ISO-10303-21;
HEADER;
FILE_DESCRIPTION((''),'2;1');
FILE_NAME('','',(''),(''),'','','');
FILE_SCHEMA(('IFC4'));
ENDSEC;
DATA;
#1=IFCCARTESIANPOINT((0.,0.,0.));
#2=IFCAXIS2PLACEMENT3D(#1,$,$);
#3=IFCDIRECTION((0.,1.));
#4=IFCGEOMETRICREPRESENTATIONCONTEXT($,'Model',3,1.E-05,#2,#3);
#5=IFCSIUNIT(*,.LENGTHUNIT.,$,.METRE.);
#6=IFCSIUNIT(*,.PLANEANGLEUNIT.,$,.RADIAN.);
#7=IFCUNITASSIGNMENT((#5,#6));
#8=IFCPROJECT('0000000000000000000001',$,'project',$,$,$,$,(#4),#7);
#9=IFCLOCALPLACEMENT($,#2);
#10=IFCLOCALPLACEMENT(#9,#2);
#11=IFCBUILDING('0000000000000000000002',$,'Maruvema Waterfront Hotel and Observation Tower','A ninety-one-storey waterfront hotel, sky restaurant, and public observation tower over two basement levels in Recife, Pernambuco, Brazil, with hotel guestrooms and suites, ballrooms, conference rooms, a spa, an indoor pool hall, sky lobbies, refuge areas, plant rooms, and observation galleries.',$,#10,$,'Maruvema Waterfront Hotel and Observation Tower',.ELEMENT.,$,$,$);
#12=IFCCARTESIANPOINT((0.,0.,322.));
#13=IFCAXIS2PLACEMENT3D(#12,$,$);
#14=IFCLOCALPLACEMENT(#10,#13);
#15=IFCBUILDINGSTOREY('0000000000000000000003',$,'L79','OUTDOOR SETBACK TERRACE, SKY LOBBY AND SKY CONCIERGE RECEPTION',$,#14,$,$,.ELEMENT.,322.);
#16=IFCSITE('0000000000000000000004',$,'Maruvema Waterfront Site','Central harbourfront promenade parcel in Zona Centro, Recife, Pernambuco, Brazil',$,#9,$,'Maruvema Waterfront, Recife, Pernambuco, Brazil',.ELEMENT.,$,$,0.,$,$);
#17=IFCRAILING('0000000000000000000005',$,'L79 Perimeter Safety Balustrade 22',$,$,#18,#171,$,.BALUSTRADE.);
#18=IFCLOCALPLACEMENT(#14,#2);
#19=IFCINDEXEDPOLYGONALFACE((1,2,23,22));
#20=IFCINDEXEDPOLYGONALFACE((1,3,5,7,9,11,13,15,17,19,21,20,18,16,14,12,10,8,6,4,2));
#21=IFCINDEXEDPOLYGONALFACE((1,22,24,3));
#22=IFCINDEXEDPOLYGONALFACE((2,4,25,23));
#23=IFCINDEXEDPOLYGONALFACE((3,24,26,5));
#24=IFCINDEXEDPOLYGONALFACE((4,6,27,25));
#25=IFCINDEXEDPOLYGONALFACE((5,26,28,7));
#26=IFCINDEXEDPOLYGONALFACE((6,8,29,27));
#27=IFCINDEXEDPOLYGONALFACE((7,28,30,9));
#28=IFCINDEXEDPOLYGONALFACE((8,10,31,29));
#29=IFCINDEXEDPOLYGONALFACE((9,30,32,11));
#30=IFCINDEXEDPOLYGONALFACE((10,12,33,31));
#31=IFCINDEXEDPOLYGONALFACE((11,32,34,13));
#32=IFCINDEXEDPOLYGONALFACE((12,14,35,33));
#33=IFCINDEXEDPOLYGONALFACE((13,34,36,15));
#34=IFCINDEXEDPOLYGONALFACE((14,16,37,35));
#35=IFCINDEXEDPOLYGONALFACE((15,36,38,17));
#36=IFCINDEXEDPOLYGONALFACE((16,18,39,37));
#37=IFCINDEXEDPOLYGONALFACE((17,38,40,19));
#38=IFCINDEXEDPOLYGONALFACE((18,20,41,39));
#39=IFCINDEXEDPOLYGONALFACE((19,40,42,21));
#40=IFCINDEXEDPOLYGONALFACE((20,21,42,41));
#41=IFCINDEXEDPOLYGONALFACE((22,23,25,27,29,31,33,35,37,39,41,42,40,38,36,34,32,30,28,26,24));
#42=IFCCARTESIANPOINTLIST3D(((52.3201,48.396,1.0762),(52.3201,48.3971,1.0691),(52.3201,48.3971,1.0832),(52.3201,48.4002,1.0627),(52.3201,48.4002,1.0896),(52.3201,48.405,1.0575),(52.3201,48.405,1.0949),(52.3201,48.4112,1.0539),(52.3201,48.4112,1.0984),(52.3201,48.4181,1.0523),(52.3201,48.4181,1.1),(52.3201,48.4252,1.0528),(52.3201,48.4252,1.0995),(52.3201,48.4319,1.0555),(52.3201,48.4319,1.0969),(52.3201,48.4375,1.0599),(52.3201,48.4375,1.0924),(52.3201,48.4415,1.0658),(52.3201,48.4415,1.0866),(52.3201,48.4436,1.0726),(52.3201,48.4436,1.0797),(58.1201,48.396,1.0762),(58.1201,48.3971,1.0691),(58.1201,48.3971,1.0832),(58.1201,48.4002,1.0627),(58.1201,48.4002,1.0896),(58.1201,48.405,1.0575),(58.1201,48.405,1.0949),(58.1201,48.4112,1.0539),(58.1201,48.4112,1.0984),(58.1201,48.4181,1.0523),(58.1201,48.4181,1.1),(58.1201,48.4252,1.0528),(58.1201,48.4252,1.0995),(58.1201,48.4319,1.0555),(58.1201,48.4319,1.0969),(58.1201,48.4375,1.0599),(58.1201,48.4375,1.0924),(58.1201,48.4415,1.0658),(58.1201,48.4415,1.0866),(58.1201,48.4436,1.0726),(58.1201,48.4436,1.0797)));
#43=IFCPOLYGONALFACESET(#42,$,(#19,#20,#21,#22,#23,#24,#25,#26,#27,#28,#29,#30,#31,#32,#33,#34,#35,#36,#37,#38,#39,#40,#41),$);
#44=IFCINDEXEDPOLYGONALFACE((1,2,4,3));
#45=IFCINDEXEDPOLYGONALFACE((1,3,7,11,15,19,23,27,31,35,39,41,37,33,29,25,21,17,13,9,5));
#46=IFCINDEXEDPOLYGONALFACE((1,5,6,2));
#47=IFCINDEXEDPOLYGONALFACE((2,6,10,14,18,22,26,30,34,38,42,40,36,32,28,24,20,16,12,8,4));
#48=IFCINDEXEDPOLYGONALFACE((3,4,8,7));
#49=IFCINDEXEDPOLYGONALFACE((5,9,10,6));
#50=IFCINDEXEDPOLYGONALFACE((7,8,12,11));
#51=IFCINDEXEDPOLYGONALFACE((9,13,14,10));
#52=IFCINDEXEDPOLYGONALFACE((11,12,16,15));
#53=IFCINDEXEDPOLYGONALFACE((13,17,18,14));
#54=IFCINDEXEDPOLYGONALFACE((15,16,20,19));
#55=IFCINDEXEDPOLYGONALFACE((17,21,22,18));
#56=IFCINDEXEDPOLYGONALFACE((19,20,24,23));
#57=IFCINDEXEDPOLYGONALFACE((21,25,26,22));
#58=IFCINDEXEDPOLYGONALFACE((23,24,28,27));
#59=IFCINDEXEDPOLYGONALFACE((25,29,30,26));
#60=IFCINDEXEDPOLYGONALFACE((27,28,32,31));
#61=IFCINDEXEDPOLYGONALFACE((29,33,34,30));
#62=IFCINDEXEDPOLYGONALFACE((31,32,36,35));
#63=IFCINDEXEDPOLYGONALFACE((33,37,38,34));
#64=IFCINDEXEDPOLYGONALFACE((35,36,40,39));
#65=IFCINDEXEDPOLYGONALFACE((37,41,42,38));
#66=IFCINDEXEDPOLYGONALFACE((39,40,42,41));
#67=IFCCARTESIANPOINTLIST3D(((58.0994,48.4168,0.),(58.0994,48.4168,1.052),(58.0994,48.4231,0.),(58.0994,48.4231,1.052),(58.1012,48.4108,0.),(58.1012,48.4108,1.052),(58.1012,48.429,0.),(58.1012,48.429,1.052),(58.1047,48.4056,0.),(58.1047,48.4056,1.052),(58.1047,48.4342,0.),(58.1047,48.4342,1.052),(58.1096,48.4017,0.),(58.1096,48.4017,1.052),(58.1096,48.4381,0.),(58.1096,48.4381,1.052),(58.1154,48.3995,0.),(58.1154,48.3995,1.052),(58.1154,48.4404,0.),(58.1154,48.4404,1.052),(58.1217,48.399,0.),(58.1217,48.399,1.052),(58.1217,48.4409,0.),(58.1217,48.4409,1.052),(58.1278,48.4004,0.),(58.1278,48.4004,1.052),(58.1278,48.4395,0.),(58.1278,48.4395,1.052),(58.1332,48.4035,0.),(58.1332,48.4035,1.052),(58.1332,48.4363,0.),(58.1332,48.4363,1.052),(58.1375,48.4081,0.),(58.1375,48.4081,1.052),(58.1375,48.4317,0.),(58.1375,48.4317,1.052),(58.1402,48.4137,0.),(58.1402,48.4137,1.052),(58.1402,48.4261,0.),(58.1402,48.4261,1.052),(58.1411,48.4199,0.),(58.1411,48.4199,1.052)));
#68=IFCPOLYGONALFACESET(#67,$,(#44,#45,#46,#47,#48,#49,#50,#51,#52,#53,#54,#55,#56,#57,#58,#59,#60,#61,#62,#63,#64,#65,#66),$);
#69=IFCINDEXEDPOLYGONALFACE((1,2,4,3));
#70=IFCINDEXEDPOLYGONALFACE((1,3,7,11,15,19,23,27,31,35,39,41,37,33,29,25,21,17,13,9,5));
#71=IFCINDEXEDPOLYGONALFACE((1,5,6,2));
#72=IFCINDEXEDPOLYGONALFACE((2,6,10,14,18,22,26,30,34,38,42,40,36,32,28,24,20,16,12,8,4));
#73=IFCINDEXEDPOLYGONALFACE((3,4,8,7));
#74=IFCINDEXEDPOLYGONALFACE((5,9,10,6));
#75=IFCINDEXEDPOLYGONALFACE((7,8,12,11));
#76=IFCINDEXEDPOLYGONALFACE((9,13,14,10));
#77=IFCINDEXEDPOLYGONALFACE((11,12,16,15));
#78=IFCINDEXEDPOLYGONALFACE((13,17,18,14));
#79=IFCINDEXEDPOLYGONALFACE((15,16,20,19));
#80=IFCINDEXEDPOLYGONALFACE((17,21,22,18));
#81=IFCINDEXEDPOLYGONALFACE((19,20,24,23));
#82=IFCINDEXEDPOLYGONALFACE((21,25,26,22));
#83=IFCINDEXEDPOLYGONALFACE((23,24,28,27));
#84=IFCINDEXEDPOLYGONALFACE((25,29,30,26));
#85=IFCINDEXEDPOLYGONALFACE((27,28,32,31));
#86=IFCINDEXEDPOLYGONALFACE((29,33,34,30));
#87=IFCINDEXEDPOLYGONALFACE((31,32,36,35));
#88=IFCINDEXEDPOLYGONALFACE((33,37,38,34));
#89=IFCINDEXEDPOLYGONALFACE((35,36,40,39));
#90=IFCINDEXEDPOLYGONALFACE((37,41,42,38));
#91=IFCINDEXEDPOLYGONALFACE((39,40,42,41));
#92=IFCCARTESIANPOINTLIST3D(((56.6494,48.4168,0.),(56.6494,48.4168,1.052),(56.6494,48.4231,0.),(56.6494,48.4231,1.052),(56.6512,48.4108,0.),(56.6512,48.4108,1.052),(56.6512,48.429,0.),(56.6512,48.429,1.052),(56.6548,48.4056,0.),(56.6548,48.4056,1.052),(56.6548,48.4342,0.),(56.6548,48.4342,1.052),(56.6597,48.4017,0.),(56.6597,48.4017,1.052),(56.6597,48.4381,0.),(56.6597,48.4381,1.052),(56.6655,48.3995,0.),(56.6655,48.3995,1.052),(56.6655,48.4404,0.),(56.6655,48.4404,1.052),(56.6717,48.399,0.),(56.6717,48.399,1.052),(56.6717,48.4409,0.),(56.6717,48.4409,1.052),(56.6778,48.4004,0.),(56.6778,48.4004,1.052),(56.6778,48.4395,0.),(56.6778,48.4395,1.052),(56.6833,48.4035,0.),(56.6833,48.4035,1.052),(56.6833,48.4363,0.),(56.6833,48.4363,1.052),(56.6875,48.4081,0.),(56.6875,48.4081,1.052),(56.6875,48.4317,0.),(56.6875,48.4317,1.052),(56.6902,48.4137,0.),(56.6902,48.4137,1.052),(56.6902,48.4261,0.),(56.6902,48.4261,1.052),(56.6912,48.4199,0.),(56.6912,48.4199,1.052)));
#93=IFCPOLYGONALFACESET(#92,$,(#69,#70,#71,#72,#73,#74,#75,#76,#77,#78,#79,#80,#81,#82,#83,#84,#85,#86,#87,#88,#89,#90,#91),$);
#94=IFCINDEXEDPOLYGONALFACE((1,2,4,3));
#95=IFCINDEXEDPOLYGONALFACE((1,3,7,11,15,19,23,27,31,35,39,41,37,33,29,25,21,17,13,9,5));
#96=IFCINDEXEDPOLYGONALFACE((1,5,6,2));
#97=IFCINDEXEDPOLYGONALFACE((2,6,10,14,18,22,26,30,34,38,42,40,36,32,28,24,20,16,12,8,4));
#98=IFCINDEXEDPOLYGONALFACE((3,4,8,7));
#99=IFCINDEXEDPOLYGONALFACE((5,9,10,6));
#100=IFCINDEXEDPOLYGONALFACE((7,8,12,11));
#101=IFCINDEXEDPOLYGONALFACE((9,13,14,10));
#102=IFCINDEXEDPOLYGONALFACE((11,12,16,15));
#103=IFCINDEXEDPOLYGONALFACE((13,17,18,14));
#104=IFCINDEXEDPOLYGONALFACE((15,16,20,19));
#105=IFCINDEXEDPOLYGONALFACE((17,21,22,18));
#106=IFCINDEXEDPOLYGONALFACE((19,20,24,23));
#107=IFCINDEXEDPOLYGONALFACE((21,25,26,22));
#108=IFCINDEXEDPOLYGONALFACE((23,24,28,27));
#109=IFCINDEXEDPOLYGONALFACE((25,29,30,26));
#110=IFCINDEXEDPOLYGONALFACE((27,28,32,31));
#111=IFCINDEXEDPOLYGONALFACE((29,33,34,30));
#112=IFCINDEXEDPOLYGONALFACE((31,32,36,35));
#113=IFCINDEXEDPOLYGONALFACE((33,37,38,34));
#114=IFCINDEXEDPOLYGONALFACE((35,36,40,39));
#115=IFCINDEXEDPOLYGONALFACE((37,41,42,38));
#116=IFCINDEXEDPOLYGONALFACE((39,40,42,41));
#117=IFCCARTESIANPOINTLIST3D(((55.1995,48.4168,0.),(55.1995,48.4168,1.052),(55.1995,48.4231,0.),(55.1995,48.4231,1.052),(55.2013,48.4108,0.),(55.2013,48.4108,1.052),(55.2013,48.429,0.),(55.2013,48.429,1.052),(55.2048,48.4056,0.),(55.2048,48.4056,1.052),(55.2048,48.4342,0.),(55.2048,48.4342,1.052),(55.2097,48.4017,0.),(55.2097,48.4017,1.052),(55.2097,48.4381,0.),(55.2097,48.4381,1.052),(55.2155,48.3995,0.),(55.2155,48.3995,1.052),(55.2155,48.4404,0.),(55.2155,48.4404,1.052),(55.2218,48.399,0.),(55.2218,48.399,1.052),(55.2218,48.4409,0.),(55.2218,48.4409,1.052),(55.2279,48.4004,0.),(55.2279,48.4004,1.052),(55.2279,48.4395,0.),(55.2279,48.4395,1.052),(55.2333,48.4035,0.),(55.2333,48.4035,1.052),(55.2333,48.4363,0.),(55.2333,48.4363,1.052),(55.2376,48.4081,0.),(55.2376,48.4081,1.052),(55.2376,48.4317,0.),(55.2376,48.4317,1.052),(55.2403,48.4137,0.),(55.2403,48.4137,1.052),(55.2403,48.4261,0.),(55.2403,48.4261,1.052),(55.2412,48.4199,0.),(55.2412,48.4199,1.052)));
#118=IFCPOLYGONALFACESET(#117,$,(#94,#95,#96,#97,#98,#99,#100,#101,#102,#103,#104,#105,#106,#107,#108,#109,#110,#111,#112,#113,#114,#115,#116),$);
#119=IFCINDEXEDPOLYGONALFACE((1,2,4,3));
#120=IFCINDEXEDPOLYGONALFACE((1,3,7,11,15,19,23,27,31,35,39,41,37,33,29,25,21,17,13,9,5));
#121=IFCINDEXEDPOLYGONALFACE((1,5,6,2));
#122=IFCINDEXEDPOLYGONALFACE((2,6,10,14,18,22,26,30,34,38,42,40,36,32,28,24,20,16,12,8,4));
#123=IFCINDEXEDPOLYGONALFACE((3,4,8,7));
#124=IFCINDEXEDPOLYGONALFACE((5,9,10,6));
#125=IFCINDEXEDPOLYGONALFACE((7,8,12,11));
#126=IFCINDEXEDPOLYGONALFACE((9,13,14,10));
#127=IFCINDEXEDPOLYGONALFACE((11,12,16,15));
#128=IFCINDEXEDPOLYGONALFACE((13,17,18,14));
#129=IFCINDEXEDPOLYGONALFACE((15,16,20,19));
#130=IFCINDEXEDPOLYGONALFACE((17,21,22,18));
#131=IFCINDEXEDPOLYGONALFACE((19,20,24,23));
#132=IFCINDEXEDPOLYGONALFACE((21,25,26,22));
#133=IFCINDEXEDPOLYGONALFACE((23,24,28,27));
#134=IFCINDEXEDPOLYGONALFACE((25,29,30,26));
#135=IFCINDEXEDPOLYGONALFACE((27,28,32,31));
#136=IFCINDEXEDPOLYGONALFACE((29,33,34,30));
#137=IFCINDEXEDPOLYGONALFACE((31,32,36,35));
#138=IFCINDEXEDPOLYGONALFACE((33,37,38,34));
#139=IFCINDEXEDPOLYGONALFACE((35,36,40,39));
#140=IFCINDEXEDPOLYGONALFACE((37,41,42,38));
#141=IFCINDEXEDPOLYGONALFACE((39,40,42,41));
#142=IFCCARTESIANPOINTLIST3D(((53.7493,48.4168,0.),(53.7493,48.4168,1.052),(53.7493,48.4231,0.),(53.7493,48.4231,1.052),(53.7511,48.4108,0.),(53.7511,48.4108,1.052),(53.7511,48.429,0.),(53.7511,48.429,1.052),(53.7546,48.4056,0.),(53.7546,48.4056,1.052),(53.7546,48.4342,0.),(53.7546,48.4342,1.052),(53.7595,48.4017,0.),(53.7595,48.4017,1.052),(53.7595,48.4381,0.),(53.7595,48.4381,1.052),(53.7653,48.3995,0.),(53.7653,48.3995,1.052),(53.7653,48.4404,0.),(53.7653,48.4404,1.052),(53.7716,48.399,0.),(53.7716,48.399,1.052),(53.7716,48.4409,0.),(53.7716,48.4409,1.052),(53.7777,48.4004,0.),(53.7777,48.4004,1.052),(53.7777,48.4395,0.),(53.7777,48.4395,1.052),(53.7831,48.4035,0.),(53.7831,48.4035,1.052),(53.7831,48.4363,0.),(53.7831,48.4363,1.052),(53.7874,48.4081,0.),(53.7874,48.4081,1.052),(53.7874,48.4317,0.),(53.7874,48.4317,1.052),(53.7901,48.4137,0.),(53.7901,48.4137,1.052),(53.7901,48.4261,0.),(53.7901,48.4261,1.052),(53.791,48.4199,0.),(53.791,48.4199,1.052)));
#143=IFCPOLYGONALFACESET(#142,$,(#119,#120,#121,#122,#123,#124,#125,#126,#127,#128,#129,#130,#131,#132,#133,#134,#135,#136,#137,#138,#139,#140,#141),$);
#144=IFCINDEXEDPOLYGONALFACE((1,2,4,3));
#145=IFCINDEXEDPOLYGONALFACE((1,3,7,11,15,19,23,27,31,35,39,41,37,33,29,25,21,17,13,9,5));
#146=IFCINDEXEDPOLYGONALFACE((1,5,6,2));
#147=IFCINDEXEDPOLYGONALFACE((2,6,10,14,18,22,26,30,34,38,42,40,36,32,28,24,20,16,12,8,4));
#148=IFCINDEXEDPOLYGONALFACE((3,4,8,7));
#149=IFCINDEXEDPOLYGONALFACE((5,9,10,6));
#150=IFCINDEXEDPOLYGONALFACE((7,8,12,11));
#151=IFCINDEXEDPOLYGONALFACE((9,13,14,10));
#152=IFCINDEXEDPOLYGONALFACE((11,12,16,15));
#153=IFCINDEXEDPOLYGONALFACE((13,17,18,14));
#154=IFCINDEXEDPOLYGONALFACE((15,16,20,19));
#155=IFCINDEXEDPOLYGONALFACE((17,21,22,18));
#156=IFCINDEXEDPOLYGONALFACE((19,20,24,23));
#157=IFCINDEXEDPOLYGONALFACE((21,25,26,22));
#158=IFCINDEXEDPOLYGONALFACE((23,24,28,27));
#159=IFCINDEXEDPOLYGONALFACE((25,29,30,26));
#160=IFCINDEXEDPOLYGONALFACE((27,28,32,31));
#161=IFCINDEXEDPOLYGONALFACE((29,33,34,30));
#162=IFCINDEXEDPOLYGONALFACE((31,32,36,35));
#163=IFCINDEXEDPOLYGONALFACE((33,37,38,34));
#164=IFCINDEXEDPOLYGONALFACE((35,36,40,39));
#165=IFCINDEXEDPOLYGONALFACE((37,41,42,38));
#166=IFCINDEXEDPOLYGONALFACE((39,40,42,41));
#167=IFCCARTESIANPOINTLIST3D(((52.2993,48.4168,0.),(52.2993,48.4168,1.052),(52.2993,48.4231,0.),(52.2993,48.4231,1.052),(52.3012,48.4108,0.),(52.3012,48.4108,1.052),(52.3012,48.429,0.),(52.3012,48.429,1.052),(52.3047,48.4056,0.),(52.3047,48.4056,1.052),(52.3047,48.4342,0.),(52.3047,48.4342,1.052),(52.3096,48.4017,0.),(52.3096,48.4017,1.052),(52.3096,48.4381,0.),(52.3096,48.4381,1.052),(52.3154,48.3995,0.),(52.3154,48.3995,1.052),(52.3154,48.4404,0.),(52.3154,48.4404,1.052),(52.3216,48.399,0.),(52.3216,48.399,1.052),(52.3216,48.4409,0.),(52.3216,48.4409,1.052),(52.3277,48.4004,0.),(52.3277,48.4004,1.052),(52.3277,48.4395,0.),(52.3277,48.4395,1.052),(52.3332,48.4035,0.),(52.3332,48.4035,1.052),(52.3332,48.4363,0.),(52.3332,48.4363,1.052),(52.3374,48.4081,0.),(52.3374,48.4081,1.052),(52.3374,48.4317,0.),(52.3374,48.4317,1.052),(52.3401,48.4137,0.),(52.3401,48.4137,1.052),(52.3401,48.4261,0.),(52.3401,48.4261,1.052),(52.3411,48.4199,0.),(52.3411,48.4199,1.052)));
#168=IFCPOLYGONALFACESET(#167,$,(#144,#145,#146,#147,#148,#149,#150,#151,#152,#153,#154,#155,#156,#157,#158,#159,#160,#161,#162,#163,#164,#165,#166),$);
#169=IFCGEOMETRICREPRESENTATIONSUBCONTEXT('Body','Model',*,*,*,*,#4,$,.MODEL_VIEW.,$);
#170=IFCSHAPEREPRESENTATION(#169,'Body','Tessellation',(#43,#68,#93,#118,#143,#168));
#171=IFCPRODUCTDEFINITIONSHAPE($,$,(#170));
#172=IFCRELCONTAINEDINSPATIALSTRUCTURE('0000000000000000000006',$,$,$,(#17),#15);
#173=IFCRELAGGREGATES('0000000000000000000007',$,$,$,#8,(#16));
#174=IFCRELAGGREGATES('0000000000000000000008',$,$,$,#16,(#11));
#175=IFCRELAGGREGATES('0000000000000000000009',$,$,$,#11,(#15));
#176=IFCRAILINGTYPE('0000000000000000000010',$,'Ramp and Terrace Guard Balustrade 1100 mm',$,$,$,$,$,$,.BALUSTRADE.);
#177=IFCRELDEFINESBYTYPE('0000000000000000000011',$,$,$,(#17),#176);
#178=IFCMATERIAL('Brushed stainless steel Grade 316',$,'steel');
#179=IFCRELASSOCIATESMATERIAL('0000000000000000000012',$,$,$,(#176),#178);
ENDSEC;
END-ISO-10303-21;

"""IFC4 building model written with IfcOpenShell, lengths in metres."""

from ifc_helpers import new_model, si_unit, direction, frame, origin, origin_2d, place, context, subcontext, project, spatial, circle, extrude, material, type_object, element, save


model = new_model("IFC4")

# Units and contexts
model_context = context("Model", 3, precision=1e-05, world=origin(), true_north=direction((0.0, 1.0)))
body_context = subcontext(model_context, "Body", "Model", "MODEL_VIEW")
ifc_project = project(units=[si_unit("LENGTHUNIT", "METRE"), si_unit("PLANEANGLEUNIT", "RADIAN")], contexts=[model_context])

# Site, building, storey
site_placement = place(None, origin())
site = spatial("IfcSite", under=ifc_project, at=site_placement, Name="Maruvema Waterfront Site", Description="Central harbourfront promenade parcel in Zona Centro, Recife, Pernambuco, Brazil", LongName="Maruvema Waterfront, Recife, Pernambuco, Brazil", CompositionType="ELEMENT", RefElevation=0.0)
building_placement = place(site_placement, origin())
building = spatial("IfcBuilding", under=site, at=building_placement, Name="Maruvema Waterfront Hotel and Observation Tower", Description="A ninety-one-storey waterfront hotel, sky restaurant, and public observation tower over two basement levels in Recife, Pernambuco, Brazil, with hotel guestrooms and suites, ballrooms, conference rooms, a spa, an indoor pool hall, sky lobbies, refuge areas, plant rooms, and observation galleries.", LongName="Maruvema Waterfront Hotel and Observation Tower", CompositionType="ELEMENT")
storey_placement = place(building_placement, frame((0.0, 0.0, 322.0)))
storey = spatial("IfcBuildingStorey", under=building, at=storey_placement, Name="L79", Description="OUTDOOR SETBACK TERRACE, SKY LOBBY AND SKY CONCIERGE RECEPTION", CompositionType="ELEMENT", Elevation=322.0)

# Railing
ifc_material_1 = material(Name="Brushed stainless steel Grade 316", Category="steel")
railing_type_1 = type_object("IfcRailingType", Name="Ramp and Terrace Guard Balustrade 1100 mm", PredefinedType="BALUSTRADE", material=ifc_material_1)
railing_1_placement = place(storey_placement, frame((58.1201, 48.4199, 0.0)))
element("IfcRailing", 1, at=railing_1_placement, inside=storey, type_object=railing_type_1, Name="L79 Perimeter Safety Balustrade 22", PredefinedType="BALUSTRADE", context=body_context, shape_type="SweptSolid", body=[
    extrude(circle(Radius=0.0239, at=origin_2d()), frame((0.0, 0.0, 1.0762), z_axis=(-1.0, 0.0, 0.0), x_axis=(0.0, -1.0, 0.0)), (0.0, 0.0, 1.0), 5.8),
    extrude(circle(Radius=0.021, at=origin_2d()), origin(), (0.0, 0.0, 1.0), 1.052),
    extrude(circle(Radius=0.021, at=origin_2d()), frame((-1.45, 0.0, 0.0)), (0.0, 0.0, 1.0), 1.052),
    extrude(circle(Radius=0.021, at=origin_2d()), frame((-2.8999, 0.0, 0.0)), (0.0, 0.0, 1.0), 1.052),
    extrude(circle(Radius=0.021, at=origin_2d()), frame((-4.3501, 0.0, 0.0)), (0.0, 0.0, 1.0), 1.052),
    extrude(circle(Radius=0.021, at=origin_2d()), frame((-5.8, 0.0, 0.0)), (0.0, 0.0, 1.0), 1.052),
])

save(model, "model.ifc")
